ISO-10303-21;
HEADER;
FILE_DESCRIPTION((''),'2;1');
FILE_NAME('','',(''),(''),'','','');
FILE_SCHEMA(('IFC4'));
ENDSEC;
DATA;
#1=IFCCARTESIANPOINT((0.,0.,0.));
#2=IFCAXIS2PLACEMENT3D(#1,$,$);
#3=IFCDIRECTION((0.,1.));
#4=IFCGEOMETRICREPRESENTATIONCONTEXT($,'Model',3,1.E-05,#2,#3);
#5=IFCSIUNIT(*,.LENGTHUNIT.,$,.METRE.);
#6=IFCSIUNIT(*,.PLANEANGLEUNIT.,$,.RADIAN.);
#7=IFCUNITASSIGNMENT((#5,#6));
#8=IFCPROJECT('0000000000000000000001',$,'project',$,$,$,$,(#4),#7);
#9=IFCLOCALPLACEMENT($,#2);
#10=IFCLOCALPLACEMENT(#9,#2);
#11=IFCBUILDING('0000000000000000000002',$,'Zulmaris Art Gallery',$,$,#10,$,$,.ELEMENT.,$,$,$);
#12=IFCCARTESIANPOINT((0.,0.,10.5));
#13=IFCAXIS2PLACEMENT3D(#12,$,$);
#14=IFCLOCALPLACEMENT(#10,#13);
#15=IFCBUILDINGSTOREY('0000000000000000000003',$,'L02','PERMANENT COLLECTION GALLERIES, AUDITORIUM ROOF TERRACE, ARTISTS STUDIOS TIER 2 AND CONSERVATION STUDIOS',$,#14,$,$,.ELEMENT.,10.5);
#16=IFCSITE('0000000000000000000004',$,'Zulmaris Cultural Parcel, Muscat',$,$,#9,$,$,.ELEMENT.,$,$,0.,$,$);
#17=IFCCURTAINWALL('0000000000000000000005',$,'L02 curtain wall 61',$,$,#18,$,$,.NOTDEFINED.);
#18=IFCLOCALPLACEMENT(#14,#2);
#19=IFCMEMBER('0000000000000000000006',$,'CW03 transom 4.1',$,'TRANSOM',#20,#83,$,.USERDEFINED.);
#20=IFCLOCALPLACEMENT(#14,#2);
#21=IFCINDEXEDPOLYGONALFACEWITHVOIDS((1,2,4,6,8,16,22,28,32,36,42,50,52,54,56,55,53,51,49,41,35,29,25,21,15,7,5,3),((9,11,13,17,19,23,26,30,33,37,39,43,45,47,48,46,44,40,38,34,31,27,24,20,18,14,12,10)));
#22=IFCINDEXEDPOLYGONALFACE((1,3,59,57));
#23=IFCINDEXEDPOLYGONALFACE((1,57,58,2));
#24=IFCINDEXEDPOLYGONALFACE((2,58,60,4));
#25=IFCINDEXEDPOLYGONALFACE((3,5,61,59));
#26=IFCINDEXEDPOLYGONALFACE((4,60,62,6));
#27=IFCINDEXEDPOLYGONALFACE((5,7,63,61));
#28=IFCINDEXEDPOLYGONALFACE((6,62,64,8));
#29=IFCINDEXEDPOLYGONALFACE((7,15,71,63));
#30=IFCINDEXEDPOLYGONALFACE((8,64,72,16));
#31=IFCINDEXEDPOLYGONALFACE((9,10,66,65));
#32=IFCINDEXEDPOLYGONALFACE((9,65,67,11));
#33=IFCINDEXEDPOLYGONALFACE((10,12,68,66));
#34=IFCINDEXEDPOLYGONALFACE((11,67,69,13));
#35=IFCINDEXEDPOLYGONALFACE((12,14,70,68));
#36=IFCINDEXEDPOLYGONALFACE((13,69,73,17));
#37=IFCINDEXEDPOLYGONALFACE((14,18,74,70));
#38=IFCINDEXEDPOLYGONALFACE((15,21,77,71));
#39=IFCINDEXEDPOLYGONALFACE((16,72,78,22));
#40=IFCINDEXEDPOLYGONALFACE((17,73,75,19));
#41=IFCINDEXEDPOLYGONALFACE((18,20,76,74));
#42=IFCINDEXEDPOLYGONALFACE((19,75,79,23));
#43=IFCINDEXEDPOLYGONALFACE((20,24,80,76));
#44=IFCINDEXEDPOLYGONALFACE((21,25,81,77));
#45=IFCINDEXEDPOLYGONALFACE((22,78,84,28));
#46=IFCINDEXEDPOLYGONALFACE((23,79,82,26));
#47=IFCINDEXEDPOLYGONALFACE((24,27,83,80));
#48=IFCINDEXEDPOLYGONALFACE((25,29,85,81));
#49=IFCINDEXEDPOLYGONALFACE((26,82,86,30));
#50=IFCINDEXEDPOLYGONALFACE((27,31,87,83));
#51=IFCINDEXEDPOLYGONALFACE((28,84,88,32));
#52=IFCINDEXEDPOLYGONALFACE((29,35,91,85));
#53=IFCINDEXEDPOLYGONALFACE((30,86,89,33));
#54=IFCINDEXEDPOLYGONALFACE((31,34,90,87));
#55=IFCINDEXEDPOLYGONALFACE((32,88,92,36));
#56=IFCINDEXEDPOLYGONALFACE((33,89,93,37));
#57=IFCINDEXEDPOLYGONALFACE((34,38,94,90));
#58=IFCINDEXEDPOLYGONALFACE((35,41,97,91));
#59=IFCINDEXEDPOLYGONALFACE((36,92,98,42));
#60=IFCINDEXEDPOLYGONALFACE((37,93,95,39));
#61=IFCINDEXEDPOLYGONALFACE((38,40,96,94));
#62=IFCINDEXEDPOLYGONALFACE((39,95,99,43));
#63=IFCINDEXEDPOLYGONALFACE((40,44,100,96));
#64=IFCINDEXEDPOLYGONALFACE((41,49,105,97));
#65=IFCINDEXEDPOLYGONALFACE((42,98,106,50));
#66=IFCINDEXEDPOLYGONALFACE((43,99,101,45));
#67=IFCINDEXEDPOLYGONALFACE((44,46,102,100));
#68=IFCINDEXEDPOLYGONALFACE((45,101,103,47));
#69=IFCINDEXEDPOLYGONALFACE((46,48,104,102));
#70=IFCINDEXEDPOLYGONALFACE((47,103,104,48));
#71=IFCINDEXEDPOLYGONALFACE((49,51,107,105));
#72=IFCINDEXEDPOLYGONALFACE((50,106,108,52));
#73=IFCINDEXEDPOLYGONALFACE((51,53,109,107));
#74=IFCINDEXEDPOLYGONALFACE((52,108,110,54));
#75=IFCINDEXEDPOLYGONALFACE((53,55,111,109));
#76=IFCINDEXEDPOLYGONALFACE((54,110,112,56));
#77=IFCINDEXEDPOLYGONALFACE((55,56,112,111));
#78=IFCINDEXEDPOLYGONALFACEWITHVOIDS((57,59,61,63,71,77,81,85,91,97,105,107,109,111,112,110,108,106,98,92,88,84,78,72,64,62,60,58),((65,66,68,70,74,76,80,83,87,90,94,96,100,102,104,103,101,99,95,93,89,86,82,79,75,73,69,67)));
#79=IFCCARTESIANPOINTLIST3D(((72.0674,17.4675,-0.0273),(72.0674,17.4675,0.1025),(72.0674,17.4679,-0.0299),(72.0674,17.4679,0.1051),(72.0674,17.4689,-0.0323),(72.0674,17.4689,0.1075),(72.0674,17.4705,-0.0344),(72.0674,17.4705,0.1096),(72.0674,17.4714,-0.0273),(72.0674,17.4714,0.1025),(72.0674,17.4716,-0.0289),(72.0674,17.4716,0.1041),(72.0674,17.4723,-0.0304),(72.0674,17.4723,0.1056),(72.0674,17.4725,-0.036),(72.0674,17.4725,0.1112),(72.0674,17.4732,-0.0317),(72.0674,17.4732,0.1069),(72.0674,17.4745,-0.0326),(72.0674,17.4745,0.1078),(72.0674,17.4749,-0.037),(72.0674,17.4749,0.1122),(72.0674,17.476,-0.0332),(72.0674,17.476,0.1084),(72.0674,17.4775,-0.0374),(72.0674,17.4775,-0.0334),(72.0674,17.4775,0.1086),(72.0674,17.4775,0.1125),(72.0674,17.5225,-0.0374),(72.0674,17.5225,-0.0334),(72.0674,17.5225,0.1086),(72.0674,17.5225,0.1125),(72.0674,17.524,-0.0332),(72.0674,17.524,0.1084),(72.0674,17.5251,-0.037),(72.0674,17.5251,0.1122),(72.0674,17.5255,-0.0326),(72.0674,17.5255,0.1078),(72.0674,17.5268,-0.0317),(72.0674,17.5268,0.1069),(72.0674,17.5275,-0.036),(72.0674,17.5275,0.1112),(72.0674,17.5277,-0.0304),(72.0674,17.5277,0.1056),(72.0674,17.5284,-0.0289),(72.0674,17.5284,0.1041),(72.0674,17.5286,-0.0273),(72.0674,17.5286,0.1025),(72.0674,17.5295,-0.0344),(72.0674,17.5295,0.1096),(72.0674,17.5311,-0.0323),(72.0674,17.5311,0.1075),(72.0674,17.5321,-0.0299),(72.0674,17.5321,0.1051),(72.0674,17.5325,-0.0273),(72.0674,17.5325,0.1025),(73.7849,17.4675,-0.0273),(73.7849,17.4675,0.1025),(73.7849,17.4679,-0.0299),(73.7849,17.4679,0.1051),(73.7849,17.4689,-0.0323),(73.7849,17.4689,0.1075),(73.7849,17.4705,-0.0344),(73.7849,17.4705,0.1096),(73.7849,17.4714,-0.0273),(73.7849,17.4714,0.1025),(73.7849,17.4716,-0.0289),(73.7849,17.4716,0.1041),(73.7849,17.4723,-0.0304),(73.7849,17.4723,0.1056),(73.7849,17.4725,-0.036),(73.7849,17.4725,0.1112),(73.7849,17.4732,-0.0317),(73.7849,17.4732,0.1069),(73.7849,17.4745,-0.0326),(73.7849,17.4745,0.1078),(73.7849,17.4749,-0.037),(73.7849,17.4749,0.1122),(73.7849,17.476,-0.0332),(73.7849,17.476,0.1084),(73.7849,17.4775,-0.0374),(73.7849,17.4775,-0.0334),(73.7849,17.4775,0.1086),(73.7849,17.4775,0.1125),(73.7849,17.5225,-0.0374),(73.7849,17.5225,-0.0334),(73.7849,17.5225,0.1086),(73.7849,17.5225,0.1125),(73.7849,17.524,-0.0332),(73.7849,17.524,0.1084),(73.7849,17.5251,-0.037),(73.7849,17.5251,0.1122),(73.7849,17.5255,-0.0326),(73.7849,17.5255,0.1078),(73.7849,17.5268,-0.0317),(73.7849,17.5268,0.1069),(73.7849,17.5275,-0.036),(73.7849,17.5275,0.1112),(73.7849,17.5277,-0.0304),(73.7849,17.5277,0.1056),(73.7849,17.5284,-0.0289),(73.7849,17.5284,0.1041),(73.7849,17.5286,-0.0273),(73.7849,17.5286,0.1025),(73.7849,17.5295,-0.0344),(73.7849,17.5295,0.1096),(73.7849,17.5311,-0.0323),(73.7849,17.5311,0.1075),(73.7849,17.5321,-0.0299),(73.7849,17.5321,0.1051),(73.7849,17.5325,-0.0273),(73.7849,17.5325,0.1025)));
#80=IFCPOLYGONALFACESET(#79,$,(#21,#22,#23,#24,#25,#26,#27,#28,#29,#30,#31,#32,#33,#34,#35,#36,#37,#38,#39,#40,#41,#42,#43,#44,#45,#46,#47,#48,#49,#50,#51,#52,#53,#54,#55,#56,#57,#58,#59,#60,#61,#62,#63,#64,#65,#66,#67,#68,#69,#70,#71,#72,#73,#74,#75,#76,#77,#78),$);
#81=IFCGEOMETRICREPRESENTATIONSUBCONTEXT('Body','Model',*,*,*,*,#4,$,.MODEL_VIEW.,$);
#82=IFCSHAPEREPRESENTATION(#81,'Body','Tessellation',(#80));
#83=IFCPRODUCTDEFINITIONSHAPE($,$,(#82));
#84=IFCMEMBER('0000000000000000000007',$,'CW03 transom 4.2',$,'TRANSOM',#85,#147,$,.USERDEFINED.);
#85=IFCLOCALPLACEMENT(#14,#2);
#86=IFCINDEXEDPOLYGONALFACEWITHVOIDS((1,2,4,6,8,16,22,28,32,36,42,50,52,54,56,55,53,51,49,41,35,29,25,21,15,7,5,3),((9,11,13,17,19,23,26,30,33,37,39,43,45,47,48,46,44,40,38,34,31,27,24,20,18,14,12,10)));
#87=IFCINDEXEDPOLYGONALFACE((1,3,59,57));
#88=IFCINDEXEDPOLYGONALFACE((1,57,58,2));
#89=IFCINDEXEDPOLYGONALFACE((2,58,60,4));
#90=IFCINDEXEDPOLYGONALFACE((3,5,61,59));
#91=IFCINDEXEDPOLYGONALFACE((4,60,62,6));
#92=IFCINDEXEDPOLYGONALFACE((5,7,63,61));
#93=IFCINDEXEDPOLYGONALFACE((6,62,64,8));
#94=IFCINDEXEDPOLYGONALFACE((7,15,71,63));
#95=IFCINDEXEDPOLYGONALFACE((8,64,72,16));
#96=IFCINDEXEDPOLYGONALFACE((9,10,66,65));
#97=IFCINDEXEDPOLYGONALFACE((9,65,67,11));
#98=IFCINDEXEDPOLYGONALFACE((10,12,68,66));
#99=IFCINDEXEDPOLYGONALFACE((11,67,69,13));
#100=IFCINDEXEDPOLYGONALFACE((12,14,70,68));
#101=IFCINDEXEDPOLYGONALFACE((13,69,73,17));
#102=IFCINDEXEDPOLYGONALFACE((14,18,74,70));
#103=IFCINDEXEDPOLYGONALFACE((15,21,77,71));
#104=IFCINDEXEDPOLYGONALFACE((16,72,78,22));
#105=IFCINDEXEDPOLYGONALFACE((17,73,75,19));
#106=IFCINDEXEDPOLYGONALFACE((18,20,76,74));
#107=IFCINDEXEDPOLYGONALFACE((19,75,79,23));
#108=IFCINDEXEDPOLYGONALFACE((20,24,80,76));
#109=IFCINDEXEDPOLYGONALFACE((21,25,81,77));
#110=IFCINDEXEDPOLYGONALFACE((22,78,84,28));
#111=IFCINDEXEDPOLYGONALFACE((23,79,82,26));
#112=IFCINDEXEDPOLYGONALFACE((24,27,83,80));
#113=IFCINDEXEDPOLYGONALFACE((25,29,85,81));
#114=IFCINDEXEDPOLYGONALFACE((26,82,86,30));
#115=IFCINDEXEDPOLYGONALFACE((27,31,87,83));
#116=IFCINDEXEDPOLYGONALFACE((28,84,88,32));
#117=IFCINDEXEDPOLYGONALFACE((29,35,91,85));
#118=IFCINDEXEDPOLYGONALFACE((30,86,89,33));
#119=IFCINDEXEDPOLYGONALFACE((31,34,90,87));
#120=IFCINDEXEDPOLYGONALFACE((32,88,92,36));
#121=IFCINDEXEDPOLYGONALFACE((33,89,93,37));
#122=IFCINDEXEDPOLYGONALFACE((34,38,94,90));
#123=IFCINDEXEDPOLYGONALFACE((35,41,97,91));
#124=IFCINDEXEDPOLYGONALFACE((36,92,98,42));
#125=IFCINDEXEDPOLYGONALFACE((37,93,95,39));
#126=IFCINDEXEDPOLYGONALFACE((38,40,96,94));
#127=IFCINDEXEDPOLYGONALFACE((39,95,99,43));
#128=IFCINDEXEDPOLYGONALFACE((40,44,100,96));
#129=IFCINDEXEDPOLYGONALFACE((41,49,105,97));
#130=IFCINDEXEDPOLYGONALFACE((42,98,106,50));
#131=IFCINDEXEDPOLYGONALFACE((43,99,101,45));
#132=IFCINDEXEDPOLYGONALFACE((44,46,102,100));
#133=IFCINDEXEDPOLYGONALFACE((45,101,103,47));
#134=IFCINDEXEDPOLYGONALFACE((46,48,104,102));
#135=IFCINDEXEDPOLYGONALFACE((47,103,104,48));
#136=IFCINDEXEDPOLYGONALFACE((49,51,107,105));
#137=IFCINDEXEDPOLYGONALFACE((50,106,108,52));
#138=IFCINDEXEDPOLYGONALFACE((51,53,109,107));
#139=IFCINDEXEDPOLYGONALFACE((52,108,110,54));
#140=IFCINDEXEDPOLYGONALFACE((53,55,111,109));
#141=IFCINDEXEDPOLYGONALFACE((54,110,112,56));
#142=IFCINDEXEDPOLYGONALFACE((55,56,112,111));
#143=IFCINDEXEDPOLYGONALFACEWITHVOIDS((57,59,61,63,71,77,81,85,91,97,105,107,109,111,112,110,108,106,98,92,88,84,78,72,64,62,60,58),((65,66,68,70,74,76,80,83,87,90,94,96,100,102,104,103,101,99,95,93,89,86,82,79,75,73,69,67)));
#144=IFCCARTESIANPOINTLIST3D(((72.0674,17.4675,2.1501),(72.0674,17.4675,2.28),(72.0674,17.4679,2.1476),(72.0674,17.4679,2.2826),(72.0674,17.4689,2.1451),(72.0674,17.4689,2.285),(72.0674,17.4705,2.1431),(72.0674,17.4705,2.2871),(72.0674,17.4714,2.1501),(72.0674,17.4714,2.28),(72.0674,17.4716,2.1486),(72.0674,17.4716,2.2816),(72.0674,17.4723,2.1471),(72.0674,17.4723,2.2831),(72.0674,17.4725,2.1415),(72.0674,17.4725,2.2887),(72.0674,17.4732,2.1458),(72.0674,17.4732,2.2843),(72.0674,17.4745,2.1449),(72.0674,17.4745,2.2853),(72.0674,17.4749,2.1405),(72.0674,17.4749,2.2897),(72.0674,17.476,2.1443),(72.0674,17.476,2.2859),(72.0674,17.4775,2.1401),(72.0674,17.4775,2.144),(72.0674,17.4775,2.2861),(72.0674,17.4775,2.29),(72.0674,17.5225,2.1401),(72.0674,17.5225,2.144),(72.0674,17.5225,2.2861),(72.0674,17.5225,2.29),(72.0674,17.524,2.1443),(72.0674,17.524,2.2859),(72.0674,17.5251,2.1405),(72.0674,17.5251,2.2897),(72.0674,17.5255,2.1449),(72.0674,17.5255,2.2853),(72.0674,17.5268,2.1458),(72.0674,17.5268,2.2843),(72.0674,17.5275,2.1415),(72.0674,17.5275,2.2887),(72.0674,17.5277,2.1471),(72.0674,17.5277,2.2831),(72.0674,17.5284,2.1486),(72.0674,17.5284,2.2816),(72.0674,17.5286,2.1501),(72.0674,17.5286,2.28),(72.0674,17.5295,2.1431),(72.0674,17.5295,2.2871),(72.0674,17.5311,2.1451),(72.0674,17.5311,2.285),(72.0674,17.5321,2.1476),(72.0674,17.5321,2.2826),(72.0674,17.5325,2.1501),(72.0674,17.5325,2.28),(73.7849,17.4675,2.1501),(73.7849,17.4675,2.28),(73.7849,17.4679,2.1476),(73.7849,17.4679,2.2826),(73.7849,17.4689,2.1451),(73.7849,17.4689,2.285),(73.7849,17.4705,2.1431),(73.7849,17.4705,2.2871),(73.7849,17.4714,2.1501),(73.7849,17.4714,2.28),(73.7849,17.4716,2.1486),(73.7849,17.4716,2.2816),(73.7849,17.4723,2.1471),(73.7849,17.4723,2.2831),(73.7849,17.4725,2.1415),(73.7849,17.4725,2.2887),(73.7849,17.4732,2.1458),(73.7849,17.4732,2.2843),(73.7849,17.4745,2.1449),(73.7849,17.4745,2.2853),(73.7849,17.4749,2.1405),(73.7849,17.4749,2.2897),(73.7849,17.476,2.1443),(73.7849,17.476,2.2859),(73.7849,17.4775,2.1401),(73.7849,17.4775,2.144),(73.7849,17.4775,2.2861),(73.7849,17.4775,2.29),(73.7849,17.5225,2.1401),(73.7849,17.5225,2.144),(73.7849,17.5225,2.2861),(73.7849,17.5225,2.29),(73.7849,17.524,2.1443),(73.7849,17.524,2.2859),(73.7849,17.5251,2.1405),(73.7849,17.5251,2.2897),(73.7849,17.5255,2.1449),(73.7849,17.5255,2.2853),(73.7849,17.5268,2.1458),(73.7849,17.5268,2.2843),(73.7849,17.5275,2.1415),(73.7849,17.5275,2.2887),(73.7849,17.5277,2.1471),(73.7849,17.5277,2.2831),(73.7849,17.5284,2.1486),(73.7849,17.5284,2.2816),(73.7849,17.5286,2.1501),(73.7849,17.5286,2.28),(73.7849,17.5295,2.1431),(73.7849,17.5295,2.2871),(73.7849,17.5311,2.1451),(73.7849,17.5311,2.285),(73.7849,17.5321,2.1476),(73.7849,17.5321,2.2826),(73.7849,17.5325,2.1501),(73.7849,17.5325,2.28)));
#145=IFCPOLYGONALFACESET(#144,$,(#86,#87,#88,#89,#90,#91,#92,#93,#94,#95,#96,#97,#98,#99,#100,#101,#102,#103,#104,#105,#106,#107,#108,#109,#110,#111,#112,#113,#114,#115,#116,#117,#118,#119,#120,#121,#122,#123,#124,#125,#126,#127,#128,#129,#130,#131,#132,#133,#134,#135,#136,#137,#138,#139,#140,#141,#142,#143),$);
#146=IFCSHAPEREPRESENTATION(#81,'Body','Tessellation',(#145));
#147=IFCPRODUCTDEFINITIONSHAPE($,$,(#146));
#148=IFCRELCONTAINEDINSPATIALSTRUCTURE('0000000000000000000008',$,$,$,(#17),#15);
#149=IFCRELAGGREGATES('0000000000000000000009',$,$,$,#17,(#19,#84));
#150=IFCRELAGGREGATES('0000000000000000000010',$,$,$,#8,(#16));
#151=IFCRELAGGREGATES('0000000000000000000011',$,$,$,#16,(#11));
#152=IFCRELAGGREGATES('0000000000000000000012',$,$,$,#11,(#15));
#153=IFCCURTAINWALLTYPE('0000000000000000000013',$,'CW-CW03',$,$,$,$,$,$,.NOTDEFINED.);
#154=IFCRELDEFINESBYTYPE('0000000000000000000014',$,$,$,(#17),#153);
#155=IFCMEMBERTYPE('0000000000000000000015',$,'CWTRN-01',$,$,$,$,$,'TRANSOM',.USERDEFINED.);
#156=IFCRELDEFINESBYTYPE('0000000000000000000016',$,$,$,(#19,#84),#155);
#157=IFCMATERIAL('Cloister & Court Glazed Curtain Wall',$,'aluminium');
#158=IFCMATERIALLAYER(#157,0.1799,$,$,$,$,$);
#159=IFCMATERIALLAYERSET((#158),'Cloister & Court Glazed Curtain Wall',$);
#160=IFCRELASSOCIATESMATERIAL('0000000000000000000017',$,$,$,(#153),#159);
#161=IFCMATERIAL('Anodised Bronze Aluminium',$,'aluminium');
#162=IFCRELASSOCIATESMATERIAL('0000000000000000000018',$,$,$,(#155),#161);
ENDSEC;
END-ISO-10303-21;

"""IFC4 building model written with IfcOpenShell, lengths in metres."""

from ifc_helpers import new_model, si_unit, direction, frame, origin, origin_2d, place, context, subcontext, project, spatial, hollow_rectangle, extrude, material, layer, layer_set, material_profile, profile_set, type_object, element, aggregate, save


model = new_model("IFC4")

# Units and contexts
model_context = context("Model", 3, precision=1e-05, world=origin(), true_north=direction((0.0, 1.0)))
body_context = subcontext(model_context, "Body", "Model", "MODEL_VIEW")
ifc_project = project(units=[si_unit("LENGTHUNIT", "METRE"), si_unit("PLANEANGLEUNIT", "RADIAN")], contexts=[model_context])

# Site, building, storey
site_placement = place(None, origin())
site = spatial("IfcSite", under=ifc_project, at=site_placement, Name="Zulmaris Cultural Parcel, Muscat", CompositionType="ELEMENT", RefElevation=0.0)
building_placement = place(site_placement, origin())
building = spatial("IfcBuilding", under=site, at=building_placement, Name="Zulmaris Art Gallery", CompositionType="ELEMENT")
storey_placement = place(building_placement, frame((0.0, 0.0, 10.5)))
storey = spatial("IfcBuildingStorey", under=building, at=storey_placement, Name="L02", Description="PERMANENT COLLECTION GALLERIES, AUDITORIUM ROOF TERRACE, ARTISTS STUDIOS TIER 2 AND CONSERVATION STUDIOS", CompositionType="ELEMENT", Elevation=10.5)

# Curtain wall, members
ifc_material_1 = material(Name="Cloister & Court Glazed Curtain Wall", Category="aluminium")
ifc_layer_1 = layer(ifc_material_1, 0.1799)
ifc_layer_set_1 = layer_set([ifc_layer_1], Name="Cloister & Court Glazed Curtain Wall")
curtain_wall_type = type_object("IfcCurtainWallType", Name="CW-CW03", PredefinedType="NOTDEFINED", material=ifc_layer_set_1)
curtain_wall_placement = place(storey_placement, origin())
curtain_wall = element("IfcCurtainWall", 1, at=curtain_wall_placement, inside=storey, type_object=curtain_wall_type, Name="L02 curtain wall 61", PredefinedType="NOTDEFINED")
ifc_material_2 = material(Name="Anodised Bronze Aluminium", Category="aluminium")
ifc_material_profile_1 = material_profile(ifc_material_2, hollow_rectangle(XDim=0.0649, YDim=0.1499, WallThickness=0.0039, InnerFilletRadius=0.0061, OuterFilletRadius=0.01, at=origin_2d()), Name="ALU 65x150x4")
ifc_profile_set_1 = profile_set([ifc_material_profile_1], Name="Anodised Bronze Aluminium")
member_type_1 = type_object("IfcMemberType", Name="CWTRN-01", ElementType="TRANSOM", PredefinedType="USERDEFINED", material=ifc_profile_set_1)
member_1_placement = place(storey_placement, frame((72.0674, 17.5, 0.0376), z_axis=(1.0, 0.0, 0.0), x_axis=(0.0, 1.0, 0.0)))
member_1 = element("IfcMember", 2, at=member_1_placement, type_object=member_type_1, Name="CW03 transom 4.1", ObjectType="TRANSOM", PredefinedType="USERDEFINED", context=body_context, shape_type="SweptSolid", body=[
    extrude(hollow_rectangle(XDim=0.0649, YDim=0.1499, WallThickness=0.0039, InnerFilletRadius=0.0061, OuterFilletRadius=0.01, at=origin_2d()), origin(), (0.0, 0.0, 1.0), 1.7175),
])
member_2_placement = place(storey_placement, frame((72.0674, 17.5, 2.2151), z_axis=(1.0, 0.0, 0.0), x_axis=(0.0, 1.0, 0.0)))
member_2 = element("IfcMember", 3, at=member_2_placement, type_object=member_type_1, Name="CW03 transom 4.2", ObjectType="TRANSOM", PredefinedType="USERDEFINED", context=body_context, shape_type="SweptSolid", body=[
    extrude(hollow_rectangle(XDim=0.0649, YDim=0.1499, WallThickness=0.0039, InnerFilletRadius=0.0061, OuterFilletRadius=0.01, at=origin_2d()), origin(), (0.0, 0.0, 1.0), 1.7175),
])
aggregate(curtain_wall, [member_1, member_2])

save(model, "model.ifc")
